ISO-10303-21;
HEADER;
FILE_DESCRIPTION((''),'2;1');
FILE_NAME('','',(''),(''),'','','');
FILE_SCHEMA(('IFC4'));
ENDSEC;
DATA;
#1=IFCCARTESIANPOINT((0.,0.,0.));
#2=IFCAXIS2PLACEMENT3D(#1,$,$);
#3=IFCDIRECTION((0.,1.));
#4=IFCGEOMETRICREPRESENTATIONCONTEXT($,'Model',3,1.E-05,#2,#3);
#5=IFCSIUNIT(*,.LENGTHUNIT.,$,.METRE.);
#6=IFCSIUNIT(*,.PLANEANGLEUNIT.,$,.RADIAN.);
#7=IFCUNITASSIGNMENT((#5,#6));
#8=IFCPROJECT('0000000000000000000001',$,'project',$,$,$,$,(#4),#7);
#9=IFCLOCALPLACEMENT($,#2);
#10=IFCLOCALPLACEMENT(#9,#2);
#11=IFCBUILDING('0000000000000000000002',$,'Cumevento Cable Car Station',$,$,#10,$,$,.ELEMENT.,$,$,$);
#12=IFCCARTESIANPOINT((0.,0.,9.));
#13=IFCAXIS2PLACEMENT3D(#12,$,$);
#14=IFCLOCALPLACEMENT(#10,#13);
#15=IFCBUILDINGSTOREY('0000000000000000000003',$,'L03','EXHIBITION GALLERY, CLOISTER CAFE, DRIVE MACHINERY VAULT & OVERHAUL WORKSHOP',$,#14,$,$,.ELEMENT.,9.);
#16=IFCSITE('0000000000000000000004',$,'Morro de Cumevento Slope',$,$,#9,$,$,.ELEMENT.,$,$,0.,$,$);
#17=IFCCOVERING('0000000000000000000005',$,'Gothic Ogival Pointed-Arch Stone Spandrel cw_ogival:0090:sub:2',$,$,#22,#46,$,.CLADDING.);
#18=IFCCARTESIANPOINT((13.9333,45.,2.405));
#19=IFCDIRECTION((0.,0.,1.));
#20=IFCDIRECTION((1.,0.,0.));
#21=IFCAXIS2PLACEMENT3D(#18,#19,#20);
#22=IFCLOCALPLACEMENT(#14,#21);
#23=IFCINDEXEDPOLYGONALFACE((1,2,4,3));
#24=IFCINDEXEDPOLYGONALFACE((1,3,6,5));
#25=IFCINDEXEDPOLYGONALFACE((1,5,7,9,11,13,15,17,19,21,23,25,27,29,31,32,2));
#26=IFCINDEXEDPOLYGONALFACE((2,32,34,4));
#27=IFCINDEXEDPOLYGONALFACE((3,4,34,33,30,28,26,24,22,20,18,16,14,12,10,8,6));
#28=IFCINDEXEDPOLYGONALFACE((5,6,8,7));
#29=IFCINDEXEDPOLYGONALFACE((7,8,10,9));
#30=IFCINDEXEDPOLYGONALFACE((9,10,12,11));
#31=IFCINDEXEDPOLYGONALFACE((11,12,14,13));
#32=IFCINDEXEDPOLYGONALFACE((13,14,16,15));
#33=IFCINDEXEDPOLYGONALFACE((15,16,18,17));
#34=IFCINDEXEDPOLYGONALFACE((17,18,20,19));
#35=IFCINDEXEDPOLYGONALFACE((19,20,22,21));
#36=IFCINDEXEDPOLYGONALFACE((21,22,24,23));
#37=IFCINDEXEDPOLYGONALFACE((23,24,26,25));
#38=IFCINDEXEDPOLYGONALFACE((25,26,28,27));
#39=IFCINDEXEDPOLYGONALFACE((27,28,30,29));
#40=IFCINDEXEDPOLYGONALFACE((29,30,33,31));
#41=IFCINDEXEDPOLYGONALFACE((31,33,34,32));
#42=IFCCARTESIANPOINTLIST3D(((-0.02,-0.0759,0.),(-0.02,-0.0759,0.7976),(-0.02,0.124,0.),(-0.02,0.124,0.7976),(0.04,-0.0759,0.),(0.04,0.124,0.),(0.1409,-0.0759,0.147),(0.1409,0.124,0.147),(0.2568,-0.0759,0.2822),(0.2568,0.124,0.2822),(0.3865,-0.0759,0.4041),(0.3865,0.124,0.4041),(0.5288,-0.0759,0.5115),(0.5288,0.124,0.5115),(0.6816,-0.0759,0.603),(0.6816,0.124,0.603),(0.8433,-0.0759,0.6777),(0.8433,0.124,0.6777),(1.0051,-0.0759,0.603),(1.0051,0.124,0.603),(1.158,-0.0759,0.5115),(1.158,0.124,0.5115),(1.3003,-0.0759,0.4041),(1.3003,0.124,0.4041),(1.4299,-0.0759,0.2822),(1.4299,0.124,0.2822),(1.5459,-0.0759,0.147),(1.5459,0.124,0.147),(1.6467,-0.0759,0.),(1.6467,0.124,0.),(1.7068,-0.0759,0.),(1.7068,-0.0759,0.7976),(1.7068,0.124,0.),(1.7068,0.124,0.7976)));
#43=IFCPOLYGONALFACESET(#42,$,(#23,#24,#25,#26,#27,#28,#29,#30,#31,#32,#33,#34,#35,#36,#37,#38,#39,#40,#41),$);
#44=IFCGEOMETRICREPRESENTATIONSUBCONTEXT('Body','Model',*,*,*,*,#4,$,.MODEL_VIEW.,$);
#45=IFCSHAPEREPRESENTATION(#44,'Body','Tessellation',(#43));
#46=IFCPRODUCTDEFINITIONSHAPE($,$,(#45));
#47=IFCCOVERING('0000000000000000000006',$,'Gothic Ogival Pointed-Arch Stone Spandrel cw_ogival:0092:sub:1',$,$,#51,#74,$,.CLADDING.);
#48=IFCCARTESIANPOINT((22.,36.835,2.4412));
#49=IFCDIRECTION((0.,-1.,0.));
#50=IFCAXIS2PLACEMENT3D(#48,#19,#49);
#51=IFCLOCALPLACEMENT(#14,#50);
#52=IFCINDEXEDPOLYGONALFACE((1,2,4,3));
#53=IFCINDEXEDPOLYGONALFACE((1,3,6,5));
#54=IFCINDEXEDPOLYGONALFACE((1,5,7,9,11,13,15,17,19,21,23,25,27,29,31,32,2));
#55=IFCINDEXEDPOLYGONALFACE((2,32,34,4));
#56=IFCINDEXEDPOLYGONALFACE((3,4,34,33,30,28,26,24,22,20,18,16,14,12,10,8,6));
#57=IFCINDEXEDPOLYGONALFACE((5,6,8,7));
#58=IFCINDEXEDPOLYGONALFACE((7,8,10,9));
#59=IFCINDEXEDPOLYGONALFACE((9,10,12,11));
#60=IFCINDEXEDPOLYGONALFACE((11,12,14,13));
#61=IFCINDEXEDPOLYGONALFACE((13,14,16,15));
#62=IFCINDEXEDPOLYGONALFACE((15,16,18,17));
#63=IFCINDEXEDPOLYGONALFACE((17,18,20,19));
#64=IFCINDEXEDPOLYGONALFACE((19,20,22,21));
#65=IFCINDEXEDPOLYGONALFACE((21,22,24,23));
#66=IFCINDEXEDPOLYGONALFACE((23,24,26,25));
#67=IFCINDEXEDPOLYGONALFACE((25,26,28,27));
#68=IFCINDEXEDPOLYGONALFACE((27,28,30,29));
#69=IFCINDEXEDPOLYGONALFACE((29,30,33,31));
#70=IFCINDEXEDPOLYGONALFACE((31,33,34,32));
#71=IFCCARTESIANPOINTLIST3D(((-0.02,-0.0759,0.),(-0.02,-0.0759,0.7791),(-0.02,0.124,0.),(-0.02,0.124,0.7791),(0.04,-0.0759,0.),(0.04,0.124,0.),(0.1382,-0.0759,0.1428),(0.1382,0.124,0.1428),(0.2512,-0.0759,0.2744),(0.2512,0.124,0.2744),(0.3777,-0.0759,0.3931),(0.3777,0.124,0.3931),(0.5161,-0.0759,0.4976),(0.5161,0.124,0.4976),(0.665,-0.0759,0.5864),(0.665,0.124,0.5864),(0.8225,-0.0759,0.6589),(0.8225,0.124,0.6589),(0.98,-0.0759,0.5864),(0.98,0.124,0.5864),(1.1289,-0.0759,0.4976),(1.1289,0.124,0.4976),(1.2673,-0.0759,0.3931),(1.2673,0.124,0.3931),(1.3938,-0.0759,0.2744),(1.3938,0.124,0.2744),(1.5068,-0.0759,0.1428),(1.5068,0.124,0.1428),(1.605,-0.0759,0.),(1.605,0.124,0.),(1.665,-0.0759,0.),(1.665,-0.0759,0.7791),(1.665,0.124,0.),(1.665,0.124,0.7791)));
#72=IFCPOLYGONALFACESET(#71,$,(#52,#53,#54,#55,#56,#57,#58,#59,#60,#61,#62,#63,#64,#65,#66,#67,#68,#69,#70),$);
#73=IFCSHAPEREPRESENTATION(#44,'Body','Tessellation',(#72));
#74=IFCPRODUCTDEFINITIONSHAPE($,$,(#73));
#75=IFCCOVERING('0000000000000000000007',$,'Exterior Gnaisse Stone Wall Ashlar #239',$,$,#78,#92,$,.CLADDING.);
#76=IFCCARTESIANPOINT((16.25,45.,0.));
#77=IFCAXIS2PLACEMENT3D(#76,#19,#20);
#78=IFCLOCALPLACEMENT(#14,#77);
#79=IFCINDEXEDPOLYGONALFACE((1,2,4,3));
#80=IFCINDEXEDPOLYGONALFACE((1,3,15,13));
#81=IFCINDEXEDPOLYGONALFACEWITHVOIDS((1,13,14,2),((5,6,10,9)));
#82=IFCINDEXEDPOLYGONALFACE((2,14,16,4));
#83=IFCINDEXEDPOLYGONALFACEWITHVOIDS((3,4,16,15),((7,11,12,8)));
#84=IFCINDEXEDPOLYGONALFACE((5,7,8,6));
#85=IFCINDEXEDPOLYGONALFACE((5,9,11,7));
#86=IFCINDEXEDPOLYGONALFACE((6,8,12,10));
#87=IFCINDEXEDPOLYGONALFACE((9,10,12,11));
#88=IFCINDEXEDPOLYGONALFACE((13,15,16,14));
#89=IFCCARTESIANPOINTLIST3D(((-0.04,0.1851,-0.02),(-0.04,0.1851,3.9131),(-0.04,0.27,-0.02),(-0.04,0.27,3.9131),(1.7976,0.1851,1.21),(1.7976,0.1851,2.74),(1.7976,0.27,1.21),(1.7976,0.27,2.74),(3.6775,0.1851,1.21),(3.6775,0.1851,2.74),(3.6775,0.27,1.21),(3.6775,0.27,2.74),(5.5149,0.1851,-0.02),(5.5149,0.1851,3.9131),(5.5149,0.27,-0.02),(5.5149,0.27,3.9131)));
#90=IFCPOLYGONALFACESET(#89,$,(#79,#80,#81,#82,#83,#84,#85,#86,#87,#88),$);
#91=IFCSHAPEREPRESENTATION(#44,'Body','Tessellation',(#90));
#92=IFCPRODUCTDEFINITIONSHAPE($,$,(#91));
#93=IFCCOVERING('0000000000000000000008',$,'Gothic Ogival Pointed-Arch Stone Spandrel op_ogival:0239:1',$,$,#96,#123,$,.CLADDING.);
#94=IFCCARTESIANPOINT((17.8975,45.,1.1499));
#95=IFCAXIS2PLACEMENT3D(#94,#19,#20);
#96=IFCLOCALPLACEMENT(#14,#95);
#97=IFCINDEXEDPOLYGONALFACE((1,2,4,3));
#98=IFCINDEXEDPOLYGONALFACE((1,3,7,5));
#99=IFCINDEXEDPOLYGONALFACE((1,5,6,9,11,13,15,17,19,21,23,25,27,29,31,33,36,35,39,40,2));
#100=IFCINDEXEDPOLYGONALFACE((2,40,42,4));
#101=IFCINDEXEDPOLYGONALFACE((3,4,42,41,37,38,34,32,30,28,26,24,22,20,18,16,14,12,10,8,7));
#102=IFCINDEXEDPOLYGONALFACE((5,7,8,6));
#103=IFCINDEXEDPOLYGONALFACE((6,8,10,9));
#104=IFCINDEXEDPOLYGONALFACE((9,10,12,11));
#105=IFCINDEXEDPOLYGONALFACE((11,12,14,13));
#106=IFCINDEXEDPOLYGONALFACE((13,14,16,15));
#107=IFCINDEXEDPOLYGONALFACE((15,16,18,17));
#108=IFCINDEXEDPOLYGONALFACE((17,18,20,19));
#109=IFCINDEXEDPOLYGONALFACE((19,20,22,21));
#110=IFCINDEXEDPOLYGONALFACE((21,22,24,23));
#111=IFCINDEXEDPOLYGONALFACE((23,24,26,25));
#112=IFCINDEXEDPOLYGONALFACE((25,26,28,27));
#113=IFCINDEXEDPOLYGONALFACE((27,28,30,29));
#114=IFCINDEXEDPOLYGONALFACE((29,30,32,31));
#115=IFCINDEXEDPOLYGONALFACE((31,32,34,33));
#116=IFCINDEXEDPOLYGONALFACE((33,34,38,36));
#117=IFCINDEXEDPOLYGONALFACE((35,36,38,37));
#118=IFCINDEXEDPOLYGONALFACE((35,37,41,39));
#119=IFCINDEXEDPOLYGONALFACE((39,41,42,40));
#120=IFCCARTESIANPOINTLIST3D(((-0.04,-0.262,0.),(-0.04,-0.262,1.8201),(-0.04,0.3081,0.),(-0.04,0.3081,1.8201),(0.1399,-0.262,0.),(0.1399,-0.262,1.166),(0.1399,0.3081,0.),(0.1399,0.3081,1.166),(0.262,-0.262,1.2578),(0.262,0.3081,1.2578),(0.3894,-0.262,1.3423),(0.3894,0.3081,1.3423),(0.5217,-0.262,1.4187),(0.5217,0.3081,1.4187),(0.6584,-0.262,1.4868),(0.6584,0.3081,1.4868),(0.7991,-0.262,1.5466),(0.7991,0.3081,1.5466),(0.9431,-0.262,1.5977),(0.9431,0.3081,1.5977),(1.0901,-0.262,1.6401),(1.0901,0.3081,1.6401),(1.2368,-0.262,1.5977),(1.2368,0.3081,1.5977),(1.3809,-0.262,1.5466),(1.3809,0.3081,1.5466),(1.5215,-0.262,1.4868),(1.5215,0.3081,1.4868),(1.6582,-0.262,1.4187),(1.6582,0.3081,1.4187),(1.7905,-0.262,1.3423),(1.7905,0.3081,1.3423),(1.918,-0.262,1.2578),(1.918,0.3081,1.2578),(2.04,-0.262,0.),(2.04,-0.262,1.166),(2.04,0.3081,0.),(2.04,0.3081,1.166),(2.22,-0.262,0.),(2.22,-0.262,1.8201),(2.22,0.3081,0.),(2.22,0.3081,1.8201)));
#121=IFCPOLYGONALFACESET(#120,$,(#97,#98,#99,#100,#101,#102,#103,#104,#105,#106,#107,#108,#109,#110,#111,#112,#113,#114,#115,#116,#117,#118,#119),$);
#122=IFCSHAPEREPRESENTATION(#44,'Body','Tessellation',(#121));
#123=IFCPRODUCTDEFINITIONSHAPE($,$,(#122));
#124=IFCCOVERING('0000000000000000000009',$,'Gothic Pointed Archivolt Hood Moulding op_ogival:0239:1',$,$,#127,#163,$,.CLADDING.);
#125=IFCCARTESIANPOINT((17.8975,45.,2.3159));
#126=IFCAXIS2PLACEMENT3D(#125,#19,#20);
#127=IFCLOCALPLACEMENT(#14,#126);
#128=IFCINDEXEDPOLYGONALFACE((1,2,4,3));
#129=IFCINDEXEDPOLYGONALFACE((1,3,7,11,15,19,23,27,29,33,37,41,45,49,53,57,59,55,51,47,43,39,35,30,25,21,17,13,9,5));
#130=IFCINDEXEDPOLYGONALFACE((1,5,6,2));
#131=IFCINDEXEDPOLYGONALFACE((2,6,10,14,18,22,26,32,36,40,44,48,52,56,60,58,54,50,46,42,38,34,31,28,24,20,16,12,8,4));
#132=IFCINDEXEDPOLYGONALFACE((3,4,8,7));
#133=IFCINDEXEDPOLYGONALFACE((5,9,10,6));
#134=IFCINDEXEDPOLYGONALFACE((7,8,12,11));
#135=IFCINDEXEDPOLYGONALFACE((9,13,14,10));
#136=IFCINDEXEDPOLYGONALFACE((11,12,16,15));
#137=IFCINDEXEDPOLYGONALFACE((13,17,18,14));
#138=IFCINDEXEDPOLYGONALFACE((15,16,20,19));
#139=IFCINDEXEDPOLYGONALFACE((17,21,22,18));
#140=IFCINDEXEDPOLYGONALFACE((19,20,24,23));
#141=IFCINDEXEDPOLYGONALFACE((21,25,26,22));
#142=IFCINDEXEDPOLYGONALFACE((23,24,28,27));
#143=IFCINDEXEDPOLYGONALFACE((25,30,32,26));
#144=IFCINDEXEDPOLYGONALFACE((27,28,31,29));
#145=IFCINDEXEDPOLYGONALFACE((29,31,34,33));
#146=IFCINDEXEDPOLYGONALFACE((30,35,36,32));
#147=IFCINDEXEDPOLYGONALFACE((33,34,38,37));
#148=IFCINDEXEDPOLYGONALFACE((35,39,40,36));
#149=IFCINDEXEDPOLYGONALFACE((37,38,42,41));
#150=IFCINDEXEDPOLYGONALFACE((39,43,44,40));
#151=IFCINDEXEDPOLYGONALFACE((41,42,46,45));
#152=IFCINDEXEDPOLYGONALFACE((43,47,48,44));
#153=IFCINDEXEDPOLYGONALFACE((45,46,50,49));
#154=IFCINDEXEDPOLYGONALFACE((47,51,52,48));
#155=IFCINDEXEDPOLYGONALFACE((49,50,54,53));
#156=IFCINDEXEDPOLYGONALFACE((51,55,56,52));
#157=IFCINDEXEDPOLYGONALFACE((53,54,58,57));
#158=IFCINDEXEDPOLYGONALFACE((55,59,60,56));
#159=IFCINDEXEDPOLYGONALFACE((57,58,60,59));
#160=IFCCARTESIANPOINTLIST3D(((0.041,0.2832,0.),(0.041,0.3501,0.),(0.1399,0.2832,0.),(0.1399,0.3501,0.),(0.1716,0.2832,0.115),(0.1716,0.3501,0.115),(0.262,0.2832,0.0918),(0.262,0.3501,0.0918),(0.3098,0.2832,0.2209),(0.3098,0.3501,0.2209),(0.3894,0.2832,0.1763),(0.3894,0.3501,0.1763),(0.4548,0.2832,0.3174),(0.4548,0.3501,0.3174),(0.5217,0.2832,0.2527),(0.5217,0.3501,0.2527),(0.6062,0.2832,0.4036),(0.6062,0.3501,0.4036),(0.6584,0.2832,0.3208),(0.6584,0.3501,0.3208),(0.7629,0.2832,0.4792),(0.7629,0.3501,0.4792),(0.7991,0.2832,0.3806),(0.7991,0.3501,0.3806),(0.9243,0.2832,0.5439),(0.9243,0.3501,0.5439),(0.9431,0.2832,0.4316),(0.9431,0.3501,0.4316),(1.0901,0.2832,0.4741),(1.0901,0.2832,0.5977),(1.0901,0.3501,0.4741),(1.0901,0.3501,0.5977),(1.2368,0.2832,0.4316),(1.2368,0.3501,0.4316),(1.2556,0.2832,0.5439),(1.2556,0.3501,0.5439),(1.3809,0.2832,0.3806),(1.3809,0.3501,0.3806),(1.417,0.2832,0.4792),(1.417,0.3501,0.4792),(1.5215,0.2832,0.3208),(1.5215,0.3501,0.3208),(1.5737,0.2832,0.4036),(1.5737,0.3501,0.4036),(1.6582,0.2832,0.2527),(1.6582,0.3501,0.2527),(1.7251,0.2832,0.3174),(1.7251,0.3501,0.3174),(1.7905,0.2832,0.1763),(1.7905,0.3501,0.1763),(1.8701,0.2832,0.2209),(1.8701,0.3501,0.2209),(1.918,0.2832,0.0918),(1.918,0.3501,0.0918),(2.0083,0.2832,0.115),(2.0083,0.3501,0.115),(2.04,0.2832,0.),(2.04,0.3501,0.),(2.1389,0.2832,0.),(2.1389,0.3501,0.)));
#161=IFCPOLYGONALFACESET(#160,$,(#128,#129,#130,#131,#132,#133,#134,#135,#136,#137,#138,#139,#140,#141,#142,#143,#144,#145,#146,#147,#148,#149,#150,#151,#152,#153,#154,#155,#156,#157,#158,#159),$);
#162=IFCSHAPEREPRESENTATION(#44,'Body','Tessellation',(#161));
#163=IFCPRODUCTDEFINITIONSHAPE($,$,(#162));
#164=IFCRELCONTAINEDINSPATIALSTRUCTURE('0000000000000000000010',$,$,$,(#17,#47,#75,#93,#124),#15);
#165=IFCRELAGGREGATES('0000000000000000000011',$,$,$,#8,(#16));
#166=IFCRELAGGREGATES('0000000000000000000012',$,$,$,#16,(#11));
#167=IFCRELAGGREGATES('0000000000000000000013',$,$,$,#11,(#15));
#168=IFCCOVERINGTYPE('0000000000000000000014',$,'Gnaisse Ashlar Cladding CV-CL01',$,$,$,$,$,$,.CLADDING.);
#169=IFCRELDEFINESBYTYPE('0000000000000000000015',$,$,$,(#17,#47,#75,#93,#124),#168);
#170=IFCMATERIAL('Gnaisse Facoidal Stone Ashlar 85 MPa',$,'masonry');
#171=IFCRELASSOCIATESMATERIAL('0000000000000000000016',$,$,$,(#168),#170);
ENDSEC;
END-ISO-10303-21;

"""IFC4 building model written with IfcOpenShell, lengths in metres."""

from ifc_helpers import new_model, si_unit, direction, frame, origin, place, context, subcontext, project, spatial, polyline, outline, extrude, material, type_object, element, save


model = new_model("IFC4")

# Units and contexts
model_context = context("Model", 3, precision=1e-05, world=origin(), true_north=direction((0.0, 1.0)))
body_context = subcontext(model_context, "Body", "Model", "MODEL_VIEW")
ifc_project = project(units=[si_unit("LENGTHUNIT", "METRE"), si_unit("PLANEANGLEUNIT", "RADIAN")], contexts=[model_context])

# Site, building, storey
site_placement = place(None, origin())
site = spatial("IfcSite", under=ifc_project, at=site_placement, Name="Morro de Cumevento Slope", CompositionType="ELEMENT", RefElevation=0.0)
building_placement = place(site_placement, origin())
building = spatial("IfcBuilding", under=site, at=building_placement, Name="Cumevento Cable Car Station", CompositionType="ELEMENT")
storey_placement = place(building_placement, frame((0.0, 0.0, 9.0)))
storey = spatial("IfcBuildingStorey", under=building, at=storey_placement, Name="L03", Description="EXHIBITION GALLERY, CLOISTER CAFE, DRIVE MACHINERY VAULT & OVERHAUL WORKSHOP", CompositionType="ELEMENT", Elevation=9.0)

# Coverings
ifc_material_1 = material(Name="Gnaisse Facoidal Stone Ashlar 85 MPa", Category="masonry")
covering_type = type_object("IfcCoveringType", Name="Gnaisse Ashlar Cladding CV-CL01", PredefinedType="CLADDING", material=ifc_material_1)
covering_1_placement = place(storey_placement, frame((13.9333, 45.0, 2.405), z_axis=(0.0, 0.0, 1.0), x_axis=(1.0, 0.0, 0.0)))
element("IfcCovering", 1, at=covering_1_placement, inside=storey, type_object=covering_type, Name="Gothic Ogival Pointed-Arch Stone Spandrel cw_ogival:0090:sub:2", PredefinedType="CLADDING", context=body_context, shape_type="SweptSolid", body=[
    extrude(outline(polyline([(-0.02, 0.0), (-0.02, 0.7976), (1.7068, 0.7976), (1.7068, 0.0), (1.6467, 0.0), (1.5459, 0.147), (1.4299, 0.2822), (1.3003, 0.4041), (1.158, 0.5115), (1.0051, 0.603), (0.8433, 0.6777), (0.6816, 0.603), (0.5288, 0.5115), (0.3865, 0.4041), (0.2568, 0.2822), (0.1409, 0.147), (0.04, 0.0), (-0.02, 0.0)])), frame((0.0, 0.124, 0.0), z_axis=(0.0, -1.0, 0.0), x_axis=(1.0, 0.0, 0.0)), (0.0, 0.0, 1.0), 0.2),
])
covering_2_placement = place(storey_placement, frame((22.0, 36.835, 2.4412), z_axis=(0.0, 0.0, 1.0), x_axis=(0.0, -1.0, 0.0)))
element("IfcCovering", 2, at=covering_2_placement, inside=storey, type_object=covering_type, Name="Gothic Ogival Pointed-Arch Stone Spandrel cw_ogival:0092:sub:1", PredefinedType="CLADDING", context=body_context, shape_type="SweptSolid", body=[
    extrude(outline(polyline([(-0.02, 0.0), (-0.02, 0.7791), (1.665, 0.7791), (1.665, 0.0), (1.605, 0.0), (1.5068, 0.1428), (1.3938, 0.2744), (1.2673, 0.3931), (1.1289, 0.4976), (0.98, 0.5864), (0.8225, 0.6589), (0.665, 0.5864), (0.5161, 0.4976), (0.3777, 0.3931), (0.2512, 0.2744), (0.1382, 0.1428), (0.04, 0.0), (-0.02, 0.0)])), frame((0.0, 0.124, 0.0), z_axis=(0.0, -1.0, 0.0), x_axis=(1.0, 0.0, 0.0)), (0.0, 0.0, 1.0), 0.2),
])
covering_3_placement = place(storey_placement, frame((16.25, 45.0, 0.0), z_axis=(0.0, 0.0, 1.0), x_axis=(1.0, 0.0, 0.0)))
element("IfcCovering", 3, at=covering_3_placement, inside=storey, type_object=covering_type, Name="Exterior Gnaisse Stone Wall Ashlar #239", PredefinedType="CLADDING", context=body_context, shape_type="SweptSolid", body=[
    extrude(outline(polyline([(-0.04, -0.02), (5.5149, -0.02), (5.5149, 3.9131), (-0.04, 3.9131), (-0.04, -0.02)]), holes=[polyline([(1.7976, 1.21), (3.6775, 1.21), (3.6775, 2.74), (1.7976, 2.74), (1.7976, 1.21)])]), frame((0.0, 0.27, 0.0), z_axis=(0.0, -1.0, 0.0), x_axis=(1.0, 0.0, 0.0)), (0.0, 0.0, 1.0), 0.085),
])
covering_4_placement = place(storey_placement, frame((17.8975, 45.0, 1.1499), z_axis=(0.0, 0.0, 1.0), x_axis=(1.0, 0.0, 0.0)))
element("IfcCovering", 4, at=covering_4_placement, inside=storey, type_object=covering_type, Name="Gothic Ogival Pointed-Arch Stone Spandrel op_ogival:0239:1", PredefinedType="CLADDING", context=body_context, shape_type="SweptSolid", body=[
    extrude(outline(polyline([(-0.04, 0.0), (-0.04, 1.8201), (2.22, 1.8201), (2.22, 0.0), (2.04, 0.0), (2.04, 1.166), (1.918, 1.2578), (1.7905, 1.3423), (1.6582, 1.4187), (1.5215, 1.4868), (1.3809, 1.5466), (1.2368, 1.5977), (1.0901, 1.6401), (0.9431, 1.5977), (0.7991, 1.5466), (0.6584, 1.4868), (0.5217, 1.4187), (0.3894, 1.3423), (0.262, 1.2578), (0.1399, 1.166), (0.1399, 0.0), (-0.04, 0.0)])), frame((0.0, 0.3081, 0.0), z_axis=(0.0, -1.0, 0.0), x_axis=(1.0, 0.0, 0.0)), (0.0, 0.0, 1.0), 0.5701),
])
covering_5_placement = place(storey_placement, frame((17.8975, 45.0, 2.3159), z_axis=(0.0, 0.0, 1.0), x_axis=(1.0, 0.0, 0.0)))
element("IfcCovering", 5, at=covering_5_placement, inside=storey, type_object=covering_type, Name="Gothic Pointed Archivolt Hood Moulding op_ogival:0239:1", PredefinedType="CLADDING", context=body_context, shape_type="SweptSolid", body=[
    extrude(outline(polyline([(0.1399, 0.0), (0.262, 0.0918), (0.3894, 0.1763), (0.5217, 0.2527), (0.6584, 0.3208), (0.7991, 0.3806), (0.9431, 0.4316), (1.0901, 0.4741), (1.2368, 0.4316), (1.3809, 0.3806), (1.5215, 0.3208), (1.6582, 0.2527), (1.7905, 0.1763), (1.918, 0.0918), (2.04, 0.0), (2.1389, 0.0), (2.0083, 0.115), (1.8701, 0.2209), (1.7251, 0.3174), (1.5737, 0.4036), (1.417, 0.4792), (1.2556, 0.5439), (1.0901, 0.5977), (0.9243, 0.5439), (0.7629, 0.4792), (0.6062, 0.4036), (0.4548, 0.3174), (0.3098, 0.2209), (0.1716, 0.115), (0.041, 0.0), (0.1399, 0.0)])), frame((0.0, 0.3501, 0.0), z_axis=(0.0, -1.0, 0.0), x_axis=(1.0, 0.0, 0.0)), (0.0, 0.0, 1.0), 0.0669),
])

save(model, "model.ifc")
